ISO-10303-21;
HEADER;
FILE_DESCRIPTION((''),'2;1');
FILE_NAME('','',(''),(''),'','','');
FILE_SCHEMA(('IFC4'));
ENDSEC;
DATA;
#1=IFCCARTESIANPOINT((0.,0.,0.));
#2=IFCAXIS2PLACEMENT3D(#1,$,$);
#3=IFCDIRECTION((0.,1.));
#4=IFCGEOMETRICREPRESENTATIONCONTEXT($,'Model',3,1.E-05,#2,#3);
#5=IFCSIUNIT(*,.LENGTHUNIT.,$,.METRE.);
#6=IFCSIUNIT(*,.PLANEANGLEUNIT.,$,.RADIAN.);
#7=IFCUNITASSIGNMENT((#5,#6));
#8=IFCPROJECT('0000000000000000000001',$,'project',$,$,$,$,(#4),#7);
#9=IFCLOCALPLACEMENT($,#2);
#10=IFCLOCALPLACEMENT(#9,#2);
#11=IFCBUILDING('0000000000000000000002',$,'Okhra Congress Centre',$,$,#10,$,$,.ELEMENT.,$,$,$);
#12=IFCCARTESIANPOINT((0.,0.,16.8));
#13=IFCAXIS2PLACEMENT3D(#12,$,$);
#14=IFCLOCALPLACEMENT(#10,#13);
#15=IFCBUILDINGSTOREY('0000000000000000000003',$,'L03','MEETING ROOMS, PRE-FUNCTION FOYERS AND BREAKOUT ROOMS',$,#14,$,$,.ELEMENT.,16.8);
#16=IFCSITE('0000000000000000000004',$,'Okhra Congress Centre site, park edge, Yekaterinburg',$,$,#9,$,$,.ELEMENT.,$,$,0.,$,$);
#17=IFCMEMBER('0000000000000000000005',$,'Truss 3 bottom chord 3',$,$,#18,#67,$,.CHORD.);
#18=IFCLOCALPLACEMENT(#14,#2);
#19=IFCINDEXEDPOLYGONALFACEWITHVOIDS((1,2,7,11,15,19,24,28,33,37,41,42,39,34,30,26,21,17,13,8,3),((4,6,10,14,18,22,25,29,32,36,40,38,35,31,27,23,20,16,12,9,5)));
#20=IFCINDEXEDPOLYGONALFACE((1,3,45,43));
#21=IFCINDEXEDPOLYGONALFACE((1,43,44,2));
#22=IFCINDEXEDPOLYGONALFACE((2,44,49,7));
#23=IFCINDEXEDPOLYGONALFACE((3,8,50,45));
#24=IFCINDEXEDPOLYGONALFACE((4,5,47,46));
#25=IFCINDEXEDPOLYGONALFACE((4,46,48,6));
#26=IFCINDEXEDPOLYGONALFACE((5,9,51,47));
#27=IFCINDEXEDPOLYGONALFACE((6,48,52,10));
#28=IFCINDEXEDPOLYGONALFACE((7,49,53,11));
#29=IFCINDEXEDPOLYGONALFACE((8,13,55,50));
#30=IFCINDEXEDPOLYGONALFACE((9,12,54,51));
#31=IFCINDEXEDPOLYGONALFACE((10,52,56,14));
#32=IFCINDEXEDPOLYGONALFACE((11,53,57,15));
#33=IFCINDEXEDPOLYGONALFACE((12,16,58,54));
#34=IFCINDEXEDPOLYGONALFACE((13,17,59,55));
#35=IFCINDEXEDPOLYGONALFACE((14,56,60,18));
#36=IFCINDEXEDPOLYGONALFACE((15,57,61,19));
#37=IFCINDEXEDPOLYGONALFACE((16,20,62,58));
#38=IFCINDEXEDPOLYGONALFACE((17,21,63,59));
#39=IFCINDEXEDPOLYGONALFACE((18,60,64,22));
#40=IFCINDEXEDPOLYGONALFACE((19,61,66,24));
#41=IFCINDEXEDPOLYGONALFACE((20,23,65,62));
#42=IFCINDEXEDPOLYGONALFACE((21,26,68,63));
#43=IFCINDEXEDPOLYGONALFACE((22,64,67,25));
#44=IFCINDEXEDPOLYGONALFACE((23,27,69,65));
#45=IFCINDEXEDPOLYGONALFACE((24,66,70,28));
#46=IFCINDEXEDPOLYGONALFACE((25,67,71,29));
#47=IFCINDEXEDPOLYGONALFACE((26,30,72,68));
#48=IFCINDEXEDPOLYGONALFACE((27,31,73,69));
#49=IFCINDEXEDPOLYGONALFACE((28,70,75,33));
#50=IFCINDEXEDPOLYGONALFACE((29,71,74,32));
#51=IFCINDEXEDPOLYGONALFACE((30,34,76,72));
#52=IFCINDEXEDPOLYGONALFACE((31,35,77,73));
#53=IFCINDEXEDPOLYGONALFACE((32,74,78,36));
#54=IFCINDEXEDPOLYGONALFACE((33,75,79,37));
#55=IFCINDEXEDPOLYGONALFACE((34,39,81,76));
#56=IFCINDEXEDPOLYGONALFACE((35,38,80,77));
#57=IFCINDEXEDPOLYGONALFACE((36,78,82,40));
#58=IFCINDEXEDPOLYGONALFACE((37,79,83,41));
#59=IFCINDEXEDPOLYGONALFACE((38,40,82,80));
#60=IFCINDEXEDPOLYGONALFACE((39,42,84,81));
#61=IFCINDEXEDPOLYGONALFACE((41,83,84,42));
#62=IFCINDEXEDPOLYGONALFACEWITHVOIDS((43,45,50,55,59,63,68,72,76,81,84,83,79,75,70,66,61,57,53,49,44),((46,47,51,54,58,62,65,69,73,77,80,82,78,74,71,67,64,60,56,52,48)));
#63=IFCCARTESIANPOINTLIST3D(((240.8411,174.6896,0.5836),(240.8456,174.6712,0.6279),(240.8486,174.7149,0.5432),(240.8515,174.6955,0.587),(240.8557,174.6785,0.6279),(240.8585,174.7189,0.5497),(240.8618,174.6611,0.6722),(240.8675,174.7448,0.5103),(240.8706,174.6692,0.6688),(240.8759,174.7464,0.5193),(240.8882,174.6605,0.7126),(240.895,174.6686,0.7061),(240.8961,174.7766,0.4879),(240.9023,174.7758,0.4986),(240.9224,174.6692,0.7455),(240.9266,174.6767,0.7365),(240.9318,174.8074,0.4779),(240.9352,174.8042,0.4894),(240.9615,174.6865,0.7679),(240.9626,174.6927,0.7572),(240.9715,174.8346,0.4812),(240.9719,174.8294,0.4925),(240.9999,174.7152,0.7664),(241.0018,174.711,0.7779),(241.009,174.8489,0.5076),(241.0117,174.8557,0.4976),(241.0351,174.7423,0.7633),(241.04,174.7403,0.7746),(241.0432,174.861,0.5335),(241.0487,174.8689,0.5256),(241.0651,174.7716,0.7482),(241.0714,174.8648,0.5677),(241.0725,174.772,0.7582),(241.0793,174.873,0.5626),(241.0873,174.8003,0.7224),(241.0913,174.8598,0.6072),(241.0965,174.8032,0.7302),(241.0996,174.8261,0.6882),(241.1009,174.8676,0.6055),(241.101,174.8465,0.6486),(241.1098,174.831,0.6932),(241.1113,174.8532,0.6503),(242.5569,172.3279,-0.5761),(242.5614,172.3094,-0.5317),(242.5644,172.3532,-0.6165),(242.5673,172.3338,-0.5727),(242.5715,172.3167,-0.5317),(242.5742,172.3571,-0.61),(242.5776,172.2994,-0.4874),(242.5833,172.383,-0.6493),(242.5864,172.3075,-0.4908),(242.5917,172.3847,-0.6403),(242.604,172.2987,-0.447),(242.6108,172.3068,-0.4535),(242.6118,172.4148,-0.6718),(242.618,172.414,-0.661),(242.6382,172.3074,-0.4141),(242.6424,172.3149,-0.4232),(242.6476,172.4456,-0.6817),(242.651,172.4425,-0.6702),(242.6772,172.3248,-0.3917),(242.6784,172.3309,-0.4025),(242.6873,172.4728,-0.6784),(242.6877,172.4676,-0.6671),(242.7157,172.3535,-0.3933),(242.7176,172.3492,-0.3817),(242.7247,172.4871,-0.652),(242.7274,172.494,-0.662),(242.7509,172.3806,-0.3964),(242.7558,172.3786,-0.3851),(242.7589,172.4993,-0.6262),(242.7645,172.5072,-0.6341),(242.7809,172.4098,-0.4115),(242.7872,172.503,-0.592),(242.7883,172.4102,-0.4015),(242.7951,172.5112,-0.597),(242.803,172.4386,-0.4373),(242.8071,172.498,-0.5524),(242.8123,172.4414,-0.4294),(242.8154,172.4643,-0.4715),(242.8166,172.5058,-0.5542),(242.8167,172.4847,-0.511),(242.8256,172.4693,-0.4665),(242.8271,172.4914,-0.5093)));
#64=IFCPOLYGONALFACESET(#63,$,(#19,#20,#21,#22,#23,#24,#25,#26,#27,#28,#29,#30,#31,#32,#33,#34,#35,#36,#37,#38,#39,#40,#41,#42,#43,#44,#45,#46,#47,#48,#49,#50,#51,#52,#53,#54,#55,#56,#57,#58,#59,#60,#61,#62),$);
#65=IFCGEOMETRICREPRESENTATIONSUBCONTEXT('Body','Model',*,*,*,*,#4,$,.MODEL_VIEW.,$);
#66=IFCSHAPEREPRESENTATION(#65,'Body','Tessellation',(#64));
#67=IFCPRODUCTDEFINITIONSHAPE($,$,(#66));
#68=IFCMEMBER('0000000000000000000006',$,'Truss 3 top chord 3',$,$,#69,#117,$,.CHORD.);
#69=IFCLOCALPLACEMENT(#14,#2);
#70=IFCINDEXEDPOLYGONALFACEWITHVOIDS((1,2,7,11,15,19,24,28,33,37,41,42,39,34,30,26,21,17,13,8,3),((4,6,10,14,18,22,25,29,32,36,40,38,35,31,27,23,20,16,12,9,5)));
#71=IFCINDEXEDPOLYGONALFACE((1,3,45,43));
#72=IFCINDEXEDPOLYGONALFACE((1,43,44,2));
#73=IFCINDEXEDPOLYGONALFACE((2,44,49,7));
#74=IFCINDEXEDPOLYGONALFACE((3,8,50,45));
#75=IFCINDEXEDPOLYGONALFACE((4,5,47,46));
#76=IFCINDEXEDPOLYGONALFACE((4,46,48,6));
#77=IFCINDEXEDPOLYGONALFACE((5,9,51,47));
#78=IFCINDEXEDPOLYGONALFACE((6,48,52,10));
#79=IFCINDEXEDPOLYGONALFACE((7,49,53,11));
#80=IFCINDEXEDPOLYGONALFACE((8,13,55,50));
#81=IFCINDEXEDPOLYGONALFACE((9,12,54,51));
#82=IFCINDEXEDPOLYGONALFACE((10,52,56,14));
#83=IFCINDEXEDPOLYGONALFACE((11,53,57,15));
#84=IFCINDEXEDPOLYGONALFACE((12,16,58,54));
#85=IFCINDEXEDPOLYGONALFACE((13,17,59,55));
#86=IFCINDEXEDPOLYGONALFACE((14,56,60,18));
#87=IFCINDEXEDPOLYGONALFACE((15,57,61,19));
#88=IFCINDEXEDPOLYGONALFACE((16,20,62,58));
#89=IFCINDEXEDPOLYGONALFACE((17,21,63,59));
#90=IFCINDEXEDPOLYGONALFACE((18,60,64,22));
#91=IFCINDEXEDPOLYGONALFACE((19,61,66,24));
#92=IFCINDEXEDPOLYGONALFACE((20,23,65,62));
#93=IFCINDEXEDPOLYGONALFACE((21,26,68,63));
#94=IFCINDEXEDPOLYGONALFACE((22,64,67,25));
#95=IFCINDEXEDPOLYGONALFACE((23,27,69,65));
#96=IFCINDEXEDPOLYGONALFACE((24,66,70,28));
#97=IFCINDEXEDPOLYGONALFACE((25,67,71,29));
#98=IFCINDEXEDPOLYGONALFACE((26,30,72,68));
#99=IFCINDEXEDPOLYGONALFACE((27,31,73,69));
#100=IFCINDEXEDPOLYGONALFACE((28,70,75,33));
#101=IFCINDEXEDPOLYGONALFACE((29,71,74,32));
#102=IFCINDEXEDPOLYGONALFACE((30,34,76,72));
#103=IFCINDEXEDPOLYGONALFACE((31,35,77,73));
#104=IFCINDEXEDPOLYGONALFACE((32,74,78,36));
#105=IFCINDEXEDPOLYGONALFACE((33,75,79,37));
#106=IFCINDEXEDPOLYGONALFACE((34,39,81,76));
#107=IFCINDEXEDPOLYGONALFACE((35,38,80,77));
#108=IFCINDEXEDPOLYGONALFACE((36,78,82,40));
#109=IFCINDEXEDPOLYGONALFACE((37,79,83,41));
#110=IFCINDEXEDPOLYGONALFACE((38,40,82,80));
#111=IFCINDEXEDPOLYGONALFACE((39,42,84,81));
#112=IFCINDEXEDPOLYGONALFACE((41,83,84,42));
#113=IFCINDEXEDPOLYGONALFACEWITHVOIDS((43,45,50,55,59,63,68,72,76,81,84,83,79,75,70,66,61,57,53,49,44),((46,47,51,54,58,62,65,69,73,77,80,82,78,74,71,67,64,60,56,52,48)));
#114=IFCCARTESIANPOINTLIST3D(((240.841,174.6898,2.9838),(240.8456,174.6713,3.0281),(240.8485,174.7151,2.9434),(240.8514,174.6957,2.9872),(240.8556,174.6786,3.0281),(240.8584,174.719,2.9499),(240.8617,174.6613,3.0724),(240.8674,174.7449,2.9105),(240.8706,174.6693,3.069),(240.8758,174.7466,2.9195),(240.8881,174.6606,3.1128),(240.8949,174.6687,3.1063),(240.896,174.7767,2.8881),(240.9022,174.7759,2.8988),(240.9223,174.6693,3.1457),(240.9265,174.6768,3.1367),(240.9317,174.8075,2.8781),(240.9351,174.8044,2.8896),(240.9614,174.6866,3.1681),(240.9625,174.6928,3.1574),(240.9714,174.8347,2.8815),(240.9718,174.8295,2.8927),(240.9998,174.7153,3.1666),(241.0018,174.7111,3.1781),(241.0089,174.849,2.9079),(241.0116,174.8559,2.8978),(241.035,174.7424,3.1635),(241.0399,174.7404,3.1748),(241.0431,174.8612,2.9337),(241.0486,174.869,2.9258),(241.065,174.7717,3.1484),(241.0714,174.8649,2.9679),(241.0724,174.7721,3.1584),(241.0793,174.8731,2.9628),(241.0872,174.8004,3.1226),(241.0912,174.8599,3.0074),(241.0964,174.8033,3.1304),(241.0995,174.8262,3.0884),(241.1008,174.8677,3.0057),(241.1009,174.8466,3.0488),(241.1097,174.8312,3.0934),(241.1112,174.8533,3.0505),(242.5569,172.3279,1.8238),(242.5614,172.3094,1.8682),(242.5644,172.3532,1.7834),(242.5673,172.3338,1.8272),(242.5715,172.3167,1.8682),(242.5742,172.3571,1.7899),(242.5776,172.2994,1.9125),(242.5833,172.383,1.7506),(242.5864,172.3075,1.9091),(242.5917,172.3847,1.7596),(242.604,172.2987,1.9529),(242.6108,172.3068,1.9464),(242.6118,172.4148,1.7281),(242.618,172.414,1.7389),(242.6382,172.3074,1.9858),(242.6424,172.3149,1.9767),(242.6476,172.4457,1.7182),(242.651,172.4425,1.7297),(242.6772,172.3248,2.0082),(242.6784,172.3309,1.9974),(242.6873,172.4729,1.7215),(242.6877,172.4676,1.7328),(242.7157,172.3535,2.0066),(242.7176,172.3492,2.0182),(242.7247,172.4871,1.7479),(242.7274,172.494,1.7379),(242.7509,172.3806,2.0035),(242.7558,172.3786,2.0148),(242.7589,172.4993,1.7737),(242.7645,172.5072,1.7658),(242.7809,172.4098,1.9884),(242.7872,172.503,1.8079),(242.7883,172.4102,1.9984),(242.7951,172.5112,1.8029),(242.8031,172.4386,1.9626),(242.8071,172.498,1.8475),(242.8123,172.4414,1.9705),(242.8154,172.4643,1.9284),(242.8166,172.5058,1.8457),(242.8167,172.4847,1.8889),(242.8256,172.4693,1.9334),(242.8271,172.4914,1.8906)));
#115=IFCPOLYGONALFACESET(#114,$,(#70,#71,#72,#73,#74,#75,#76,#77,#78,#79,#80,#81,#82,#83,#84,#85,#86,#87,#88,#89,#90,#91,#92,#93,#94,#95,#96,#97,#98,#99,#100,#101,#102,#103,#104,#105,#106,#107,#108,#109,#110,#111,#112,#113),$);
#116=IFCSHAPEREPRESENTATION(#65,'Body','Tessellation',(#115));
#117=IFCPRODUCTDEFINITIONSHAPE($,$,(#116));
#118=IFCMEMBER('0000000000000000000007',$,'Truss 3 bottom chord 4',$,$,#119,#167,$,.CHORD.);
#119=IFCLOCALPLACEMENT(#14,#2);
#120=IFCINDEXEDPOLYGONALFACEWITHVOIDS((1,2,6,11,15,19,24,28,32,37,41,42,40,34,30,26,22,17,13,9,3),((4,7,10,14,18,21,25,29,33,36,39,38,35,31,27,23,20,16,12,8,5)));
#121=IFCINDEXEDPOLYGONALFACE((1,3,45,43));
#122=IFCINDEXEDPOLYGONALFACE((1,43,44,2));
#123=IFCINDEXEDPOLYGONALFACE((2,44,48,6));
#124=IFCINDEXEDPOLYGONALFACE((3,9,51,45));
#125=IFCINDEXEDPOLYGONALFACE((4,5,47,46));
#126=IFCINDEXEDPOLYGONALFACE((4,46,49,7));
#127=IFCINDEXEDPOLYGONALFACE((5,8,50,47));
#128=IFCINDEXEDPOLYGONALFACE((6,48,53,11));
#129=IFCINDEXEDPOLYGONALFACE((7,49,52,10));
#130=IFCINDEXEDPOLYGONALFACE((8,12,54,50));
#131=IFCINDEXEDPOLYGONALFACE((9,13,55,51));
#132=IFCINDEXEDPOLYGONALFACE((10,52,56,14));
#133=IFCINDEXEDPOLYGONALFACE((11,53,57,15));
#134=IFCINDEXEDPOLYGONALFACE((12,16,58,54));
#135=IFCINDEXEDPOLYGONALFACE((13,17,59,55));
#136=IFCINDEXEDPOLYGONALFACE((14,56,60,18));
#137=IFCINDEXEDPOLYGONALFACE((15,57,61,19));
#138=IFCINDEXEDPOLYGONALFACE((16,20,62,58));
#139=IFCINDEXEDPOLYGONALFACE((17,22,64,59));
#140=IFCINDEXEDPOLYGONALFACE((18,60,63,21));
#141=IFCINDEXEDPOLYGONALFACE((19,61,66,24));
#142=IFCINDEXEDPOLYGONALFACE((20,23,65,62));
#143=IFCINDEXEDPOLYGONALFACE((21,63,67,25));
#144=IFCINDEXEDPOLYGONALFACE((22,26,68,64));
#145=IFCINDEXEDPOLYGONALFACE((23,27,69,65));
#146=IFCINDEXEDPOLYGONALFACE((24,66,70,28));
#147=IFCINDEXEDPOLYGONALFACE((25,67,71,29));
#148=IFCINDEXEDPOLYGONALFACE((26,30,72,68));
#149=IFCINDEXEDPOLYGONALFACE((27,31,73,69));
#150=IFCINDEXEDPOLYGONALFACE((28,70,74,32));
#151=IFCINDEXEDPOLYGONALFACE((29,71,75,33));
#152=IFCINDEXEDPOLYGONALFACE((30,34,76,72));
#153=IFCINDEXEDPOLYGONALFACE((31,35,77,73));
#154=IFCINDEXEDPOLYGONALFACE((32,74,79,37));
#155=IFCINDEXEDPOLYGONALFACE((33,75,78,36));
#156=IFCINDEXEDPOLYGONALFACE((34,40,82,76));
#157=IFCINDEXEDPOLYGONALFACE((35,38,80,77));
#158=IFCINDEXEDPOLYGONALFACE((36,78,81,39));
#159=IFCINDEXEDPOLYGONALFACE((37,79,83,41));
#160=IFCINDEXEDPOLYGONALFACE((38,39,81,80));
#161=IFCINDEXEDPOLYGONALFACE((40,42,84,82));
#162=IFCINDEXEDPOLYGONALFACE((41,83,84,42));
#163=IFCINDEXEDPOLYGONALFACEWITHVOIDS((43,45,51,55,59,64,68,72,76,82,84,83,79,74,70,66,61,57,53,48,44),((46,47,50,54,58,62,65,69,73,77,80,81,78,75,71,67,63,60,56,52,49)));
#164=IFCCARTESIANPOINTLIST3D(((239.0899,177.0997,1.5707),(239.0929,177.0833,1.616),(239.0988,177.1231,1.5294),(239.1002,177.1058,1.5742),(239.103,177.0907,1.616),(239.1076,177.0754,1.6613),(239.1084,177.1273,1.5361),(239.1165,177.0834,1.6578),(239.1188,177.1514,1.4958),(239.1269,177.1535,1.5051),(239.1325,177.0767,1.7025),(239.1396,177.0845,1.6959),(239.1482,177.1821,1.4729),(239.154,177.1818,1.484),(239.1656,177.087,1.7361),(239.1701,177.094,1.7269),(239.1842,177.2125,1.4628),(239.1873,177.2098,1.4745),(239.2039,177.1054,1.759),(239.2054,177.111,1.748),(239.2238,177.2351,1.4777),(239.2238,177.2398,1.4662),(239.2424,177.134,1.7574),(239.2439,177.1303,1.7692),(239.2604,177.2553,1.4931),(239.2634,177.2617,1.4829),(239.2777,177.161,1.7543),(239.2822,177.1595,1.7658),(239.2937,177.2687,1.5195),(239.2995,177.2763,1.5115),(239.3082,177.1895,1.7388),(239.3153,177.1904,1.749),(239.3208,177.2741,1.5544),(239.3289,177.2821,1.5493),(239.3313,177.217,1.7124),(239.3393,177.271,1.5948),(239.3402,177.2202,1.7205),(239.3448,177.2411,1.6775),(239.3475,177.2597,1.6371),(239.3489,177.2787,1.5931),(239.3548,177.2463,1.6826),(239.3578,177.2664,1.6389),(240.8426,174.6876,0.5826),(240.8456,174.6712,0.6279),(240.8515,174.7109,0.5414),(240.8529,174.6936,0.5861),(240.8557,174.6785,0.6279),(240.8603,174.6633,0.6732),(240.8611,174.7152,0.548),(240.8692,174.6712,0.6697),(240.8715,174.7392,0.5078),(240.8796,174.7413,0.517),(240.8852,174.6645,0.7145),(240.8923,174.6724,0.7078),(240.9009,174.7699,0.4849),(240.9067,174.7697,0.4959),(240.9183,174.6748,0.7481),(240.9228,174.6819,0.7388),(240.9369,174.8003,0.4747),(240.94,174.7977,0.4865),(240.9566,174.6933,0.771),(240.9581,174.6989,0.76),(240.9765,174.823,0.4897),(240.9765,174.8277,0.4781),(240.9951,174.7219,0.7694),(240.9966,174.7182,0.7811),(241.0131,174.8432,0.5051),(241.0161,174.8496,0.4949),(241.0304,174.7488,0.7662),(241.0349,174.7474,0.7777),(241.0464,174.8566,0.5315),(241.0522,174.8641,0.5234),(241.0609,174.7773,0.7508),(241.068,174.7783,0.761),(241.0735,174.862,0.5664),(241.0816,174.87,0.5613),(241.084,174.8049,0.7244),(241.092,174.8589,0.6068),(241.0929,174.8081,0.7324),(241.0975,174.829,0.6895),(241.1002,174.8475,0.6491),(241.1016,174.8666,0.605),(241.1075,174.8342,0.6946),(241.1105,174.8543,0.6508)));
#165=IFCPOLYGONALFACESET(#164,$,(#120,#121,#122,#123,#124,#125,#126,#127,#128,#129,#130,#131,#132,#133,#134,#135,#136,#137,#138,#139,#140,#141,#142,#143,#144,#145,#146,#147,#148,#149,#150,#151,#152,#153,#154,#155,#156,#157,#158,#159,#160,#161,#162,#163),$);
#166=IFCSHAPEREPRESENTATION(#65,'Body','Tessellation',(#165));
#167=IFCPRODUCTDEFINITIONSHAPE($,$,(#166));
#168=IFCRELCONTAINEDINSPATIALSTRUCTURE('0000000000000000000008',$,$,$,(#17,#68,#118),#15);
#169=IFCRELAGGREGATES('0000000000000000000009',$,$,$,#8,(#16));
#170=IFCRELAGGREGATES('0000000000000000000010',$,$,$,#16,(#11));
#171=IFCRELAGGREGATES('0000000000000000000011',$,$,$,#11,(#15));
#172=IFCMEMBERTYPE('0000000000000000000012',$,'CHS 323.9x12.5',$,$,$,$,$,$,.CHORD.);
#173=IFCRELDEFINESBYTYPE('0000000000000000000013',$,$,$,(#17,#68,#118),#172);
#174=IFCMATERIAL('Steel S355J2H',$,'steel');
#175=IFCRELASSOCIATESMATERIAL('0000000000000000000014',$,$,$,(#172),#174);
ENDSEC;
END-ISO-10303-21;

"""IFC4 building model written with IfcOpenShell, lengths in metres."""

from ifc_helpers import new_model, si_unit, direction, frame, origin, origin_2d, place, context, subcontext, project, spatial, hollow_circle, extrude, material, material_profile, profile_set, type_object, element, save


model = new_model("IFC4")

# Units and contexts
model_context = context("Model", 3, precision=1e-05, world=origin(), true_north=direction((0.0, 1.0)))
body_context = subcontext(model_context, "Body", "Model", "MODEL_VIEW")
ifc_project = project(units=[si_unit("LENGTHUNIT", "METRE"), si_unit("PLANEANGLEUNIT", "RADIAN")], contexts=[model_context])

# Site, building, storey
site_placement = place(None, origin())
site = spatial("IfcSite", under=ifc_project, at=site_placement, Name="Okhra Congress Centre site, park edge, Yekaterinburg", CompositionType="ELEMENT", RefElevation=0.0)
building_placement = place(site_placement, origin())
building = spatial("IfcBuilding", under=site, at=building_placement, Name="Okhra Congress Centre", CompositionType="ELEMENT")
storey_placement = place(building_placement, frame((0.0, 0.0, 16.8)))
storey = spatial("IfcBuildingStorey", under=building, at=storey_placement, Name="L03", Description="MEETING ROOMS, PRE-FUNCTION FOYERS AND BREAKOUT ROOMS", CompositionType="ELEMENT", Elevation=16.8)

# Members
ifc_material_1 = material(Name="Steel S355J2H", Category="steel")
ifc_material_profile_1 = material_profile(ifc_material_1, hollow_circle(Radius=0.1619, WallThickness=0.0125, at=origin_2d()), Name="CHS 323.9x12.5")
ifc_profile_set_1 = profile_set([ifc_material_profile_1], Name="Steel S355J2H")
member_type_1 = type_object("IfcMemberType", Name="CHS 323.9x12.5", PredefinedType="CHORD", material=ifc_profile_set_1)
member_1_placement = place(storey_placement, frame((242.6924, 172.4045, -0.5317), z_axis=(-0.546233, 0.751887, 0.369182), x_axis=(-0.80904, -0.587754, 0.0)))
element("IfcMember", 1, at=member_1_placement, inside=storey, type_object=member_type_1, Name="Truss 3 bottom chord 3", PredefinedType="CHORD", context=body_context, shape_type="SweptSolid", body=[
    extrude(hollow_circle(Radius=0.1619, WallThickness=0.0125, at=origin_2d()), origin(), (0.0, 0.0, 1.0), 3.1411),
])
member_2_placement = place(storey_placement, frame((242.6924, 172.4045, 1.8682), z_axis=(-0.546218, 0.751865, 0.369249), x_axis=(-0.80904, -0.587754, 0.0)))
element("IfcMember", 2, at=member_2_placement, inside=storey, type_object=member_type_1, Name="Truss 3 top chord 3", PredefinedType="CHORD", context=body_context, shape_type="SweptSolid", body=[
    extrude(hollow_circle(Radius=0.1619, WallThickness=0.0125, at=origin_2d()), origin(), (0.0, 0.0, 1.0), 3.1414),
])
for number, where, z_axis, x_axis, name in (
    (3, (240.9766, 174.7664, 0.6279), (-0.557988, 0.767923, 0.314553), (-0.808987, -0.587826, 0.0), "Truss 3 bottom chord 4"),
):
    element("IfcMember", number, at=place(storey_placement, frame(where, z_axis=z_axis, x_axis=x_axis)), inside=storey, type_object=member_type_1, Name=name, PredefinedType="CHORD", context=body_context, shape_type="SweptSolid", body=[
        extrude(hollow_circle(Radius=0.1619, WallThickness=0.0125, at=origin_2d()), origin(), (0.0, 0.0, 1.0), 3.1411),
    ])

save(model, "model.ifc")
